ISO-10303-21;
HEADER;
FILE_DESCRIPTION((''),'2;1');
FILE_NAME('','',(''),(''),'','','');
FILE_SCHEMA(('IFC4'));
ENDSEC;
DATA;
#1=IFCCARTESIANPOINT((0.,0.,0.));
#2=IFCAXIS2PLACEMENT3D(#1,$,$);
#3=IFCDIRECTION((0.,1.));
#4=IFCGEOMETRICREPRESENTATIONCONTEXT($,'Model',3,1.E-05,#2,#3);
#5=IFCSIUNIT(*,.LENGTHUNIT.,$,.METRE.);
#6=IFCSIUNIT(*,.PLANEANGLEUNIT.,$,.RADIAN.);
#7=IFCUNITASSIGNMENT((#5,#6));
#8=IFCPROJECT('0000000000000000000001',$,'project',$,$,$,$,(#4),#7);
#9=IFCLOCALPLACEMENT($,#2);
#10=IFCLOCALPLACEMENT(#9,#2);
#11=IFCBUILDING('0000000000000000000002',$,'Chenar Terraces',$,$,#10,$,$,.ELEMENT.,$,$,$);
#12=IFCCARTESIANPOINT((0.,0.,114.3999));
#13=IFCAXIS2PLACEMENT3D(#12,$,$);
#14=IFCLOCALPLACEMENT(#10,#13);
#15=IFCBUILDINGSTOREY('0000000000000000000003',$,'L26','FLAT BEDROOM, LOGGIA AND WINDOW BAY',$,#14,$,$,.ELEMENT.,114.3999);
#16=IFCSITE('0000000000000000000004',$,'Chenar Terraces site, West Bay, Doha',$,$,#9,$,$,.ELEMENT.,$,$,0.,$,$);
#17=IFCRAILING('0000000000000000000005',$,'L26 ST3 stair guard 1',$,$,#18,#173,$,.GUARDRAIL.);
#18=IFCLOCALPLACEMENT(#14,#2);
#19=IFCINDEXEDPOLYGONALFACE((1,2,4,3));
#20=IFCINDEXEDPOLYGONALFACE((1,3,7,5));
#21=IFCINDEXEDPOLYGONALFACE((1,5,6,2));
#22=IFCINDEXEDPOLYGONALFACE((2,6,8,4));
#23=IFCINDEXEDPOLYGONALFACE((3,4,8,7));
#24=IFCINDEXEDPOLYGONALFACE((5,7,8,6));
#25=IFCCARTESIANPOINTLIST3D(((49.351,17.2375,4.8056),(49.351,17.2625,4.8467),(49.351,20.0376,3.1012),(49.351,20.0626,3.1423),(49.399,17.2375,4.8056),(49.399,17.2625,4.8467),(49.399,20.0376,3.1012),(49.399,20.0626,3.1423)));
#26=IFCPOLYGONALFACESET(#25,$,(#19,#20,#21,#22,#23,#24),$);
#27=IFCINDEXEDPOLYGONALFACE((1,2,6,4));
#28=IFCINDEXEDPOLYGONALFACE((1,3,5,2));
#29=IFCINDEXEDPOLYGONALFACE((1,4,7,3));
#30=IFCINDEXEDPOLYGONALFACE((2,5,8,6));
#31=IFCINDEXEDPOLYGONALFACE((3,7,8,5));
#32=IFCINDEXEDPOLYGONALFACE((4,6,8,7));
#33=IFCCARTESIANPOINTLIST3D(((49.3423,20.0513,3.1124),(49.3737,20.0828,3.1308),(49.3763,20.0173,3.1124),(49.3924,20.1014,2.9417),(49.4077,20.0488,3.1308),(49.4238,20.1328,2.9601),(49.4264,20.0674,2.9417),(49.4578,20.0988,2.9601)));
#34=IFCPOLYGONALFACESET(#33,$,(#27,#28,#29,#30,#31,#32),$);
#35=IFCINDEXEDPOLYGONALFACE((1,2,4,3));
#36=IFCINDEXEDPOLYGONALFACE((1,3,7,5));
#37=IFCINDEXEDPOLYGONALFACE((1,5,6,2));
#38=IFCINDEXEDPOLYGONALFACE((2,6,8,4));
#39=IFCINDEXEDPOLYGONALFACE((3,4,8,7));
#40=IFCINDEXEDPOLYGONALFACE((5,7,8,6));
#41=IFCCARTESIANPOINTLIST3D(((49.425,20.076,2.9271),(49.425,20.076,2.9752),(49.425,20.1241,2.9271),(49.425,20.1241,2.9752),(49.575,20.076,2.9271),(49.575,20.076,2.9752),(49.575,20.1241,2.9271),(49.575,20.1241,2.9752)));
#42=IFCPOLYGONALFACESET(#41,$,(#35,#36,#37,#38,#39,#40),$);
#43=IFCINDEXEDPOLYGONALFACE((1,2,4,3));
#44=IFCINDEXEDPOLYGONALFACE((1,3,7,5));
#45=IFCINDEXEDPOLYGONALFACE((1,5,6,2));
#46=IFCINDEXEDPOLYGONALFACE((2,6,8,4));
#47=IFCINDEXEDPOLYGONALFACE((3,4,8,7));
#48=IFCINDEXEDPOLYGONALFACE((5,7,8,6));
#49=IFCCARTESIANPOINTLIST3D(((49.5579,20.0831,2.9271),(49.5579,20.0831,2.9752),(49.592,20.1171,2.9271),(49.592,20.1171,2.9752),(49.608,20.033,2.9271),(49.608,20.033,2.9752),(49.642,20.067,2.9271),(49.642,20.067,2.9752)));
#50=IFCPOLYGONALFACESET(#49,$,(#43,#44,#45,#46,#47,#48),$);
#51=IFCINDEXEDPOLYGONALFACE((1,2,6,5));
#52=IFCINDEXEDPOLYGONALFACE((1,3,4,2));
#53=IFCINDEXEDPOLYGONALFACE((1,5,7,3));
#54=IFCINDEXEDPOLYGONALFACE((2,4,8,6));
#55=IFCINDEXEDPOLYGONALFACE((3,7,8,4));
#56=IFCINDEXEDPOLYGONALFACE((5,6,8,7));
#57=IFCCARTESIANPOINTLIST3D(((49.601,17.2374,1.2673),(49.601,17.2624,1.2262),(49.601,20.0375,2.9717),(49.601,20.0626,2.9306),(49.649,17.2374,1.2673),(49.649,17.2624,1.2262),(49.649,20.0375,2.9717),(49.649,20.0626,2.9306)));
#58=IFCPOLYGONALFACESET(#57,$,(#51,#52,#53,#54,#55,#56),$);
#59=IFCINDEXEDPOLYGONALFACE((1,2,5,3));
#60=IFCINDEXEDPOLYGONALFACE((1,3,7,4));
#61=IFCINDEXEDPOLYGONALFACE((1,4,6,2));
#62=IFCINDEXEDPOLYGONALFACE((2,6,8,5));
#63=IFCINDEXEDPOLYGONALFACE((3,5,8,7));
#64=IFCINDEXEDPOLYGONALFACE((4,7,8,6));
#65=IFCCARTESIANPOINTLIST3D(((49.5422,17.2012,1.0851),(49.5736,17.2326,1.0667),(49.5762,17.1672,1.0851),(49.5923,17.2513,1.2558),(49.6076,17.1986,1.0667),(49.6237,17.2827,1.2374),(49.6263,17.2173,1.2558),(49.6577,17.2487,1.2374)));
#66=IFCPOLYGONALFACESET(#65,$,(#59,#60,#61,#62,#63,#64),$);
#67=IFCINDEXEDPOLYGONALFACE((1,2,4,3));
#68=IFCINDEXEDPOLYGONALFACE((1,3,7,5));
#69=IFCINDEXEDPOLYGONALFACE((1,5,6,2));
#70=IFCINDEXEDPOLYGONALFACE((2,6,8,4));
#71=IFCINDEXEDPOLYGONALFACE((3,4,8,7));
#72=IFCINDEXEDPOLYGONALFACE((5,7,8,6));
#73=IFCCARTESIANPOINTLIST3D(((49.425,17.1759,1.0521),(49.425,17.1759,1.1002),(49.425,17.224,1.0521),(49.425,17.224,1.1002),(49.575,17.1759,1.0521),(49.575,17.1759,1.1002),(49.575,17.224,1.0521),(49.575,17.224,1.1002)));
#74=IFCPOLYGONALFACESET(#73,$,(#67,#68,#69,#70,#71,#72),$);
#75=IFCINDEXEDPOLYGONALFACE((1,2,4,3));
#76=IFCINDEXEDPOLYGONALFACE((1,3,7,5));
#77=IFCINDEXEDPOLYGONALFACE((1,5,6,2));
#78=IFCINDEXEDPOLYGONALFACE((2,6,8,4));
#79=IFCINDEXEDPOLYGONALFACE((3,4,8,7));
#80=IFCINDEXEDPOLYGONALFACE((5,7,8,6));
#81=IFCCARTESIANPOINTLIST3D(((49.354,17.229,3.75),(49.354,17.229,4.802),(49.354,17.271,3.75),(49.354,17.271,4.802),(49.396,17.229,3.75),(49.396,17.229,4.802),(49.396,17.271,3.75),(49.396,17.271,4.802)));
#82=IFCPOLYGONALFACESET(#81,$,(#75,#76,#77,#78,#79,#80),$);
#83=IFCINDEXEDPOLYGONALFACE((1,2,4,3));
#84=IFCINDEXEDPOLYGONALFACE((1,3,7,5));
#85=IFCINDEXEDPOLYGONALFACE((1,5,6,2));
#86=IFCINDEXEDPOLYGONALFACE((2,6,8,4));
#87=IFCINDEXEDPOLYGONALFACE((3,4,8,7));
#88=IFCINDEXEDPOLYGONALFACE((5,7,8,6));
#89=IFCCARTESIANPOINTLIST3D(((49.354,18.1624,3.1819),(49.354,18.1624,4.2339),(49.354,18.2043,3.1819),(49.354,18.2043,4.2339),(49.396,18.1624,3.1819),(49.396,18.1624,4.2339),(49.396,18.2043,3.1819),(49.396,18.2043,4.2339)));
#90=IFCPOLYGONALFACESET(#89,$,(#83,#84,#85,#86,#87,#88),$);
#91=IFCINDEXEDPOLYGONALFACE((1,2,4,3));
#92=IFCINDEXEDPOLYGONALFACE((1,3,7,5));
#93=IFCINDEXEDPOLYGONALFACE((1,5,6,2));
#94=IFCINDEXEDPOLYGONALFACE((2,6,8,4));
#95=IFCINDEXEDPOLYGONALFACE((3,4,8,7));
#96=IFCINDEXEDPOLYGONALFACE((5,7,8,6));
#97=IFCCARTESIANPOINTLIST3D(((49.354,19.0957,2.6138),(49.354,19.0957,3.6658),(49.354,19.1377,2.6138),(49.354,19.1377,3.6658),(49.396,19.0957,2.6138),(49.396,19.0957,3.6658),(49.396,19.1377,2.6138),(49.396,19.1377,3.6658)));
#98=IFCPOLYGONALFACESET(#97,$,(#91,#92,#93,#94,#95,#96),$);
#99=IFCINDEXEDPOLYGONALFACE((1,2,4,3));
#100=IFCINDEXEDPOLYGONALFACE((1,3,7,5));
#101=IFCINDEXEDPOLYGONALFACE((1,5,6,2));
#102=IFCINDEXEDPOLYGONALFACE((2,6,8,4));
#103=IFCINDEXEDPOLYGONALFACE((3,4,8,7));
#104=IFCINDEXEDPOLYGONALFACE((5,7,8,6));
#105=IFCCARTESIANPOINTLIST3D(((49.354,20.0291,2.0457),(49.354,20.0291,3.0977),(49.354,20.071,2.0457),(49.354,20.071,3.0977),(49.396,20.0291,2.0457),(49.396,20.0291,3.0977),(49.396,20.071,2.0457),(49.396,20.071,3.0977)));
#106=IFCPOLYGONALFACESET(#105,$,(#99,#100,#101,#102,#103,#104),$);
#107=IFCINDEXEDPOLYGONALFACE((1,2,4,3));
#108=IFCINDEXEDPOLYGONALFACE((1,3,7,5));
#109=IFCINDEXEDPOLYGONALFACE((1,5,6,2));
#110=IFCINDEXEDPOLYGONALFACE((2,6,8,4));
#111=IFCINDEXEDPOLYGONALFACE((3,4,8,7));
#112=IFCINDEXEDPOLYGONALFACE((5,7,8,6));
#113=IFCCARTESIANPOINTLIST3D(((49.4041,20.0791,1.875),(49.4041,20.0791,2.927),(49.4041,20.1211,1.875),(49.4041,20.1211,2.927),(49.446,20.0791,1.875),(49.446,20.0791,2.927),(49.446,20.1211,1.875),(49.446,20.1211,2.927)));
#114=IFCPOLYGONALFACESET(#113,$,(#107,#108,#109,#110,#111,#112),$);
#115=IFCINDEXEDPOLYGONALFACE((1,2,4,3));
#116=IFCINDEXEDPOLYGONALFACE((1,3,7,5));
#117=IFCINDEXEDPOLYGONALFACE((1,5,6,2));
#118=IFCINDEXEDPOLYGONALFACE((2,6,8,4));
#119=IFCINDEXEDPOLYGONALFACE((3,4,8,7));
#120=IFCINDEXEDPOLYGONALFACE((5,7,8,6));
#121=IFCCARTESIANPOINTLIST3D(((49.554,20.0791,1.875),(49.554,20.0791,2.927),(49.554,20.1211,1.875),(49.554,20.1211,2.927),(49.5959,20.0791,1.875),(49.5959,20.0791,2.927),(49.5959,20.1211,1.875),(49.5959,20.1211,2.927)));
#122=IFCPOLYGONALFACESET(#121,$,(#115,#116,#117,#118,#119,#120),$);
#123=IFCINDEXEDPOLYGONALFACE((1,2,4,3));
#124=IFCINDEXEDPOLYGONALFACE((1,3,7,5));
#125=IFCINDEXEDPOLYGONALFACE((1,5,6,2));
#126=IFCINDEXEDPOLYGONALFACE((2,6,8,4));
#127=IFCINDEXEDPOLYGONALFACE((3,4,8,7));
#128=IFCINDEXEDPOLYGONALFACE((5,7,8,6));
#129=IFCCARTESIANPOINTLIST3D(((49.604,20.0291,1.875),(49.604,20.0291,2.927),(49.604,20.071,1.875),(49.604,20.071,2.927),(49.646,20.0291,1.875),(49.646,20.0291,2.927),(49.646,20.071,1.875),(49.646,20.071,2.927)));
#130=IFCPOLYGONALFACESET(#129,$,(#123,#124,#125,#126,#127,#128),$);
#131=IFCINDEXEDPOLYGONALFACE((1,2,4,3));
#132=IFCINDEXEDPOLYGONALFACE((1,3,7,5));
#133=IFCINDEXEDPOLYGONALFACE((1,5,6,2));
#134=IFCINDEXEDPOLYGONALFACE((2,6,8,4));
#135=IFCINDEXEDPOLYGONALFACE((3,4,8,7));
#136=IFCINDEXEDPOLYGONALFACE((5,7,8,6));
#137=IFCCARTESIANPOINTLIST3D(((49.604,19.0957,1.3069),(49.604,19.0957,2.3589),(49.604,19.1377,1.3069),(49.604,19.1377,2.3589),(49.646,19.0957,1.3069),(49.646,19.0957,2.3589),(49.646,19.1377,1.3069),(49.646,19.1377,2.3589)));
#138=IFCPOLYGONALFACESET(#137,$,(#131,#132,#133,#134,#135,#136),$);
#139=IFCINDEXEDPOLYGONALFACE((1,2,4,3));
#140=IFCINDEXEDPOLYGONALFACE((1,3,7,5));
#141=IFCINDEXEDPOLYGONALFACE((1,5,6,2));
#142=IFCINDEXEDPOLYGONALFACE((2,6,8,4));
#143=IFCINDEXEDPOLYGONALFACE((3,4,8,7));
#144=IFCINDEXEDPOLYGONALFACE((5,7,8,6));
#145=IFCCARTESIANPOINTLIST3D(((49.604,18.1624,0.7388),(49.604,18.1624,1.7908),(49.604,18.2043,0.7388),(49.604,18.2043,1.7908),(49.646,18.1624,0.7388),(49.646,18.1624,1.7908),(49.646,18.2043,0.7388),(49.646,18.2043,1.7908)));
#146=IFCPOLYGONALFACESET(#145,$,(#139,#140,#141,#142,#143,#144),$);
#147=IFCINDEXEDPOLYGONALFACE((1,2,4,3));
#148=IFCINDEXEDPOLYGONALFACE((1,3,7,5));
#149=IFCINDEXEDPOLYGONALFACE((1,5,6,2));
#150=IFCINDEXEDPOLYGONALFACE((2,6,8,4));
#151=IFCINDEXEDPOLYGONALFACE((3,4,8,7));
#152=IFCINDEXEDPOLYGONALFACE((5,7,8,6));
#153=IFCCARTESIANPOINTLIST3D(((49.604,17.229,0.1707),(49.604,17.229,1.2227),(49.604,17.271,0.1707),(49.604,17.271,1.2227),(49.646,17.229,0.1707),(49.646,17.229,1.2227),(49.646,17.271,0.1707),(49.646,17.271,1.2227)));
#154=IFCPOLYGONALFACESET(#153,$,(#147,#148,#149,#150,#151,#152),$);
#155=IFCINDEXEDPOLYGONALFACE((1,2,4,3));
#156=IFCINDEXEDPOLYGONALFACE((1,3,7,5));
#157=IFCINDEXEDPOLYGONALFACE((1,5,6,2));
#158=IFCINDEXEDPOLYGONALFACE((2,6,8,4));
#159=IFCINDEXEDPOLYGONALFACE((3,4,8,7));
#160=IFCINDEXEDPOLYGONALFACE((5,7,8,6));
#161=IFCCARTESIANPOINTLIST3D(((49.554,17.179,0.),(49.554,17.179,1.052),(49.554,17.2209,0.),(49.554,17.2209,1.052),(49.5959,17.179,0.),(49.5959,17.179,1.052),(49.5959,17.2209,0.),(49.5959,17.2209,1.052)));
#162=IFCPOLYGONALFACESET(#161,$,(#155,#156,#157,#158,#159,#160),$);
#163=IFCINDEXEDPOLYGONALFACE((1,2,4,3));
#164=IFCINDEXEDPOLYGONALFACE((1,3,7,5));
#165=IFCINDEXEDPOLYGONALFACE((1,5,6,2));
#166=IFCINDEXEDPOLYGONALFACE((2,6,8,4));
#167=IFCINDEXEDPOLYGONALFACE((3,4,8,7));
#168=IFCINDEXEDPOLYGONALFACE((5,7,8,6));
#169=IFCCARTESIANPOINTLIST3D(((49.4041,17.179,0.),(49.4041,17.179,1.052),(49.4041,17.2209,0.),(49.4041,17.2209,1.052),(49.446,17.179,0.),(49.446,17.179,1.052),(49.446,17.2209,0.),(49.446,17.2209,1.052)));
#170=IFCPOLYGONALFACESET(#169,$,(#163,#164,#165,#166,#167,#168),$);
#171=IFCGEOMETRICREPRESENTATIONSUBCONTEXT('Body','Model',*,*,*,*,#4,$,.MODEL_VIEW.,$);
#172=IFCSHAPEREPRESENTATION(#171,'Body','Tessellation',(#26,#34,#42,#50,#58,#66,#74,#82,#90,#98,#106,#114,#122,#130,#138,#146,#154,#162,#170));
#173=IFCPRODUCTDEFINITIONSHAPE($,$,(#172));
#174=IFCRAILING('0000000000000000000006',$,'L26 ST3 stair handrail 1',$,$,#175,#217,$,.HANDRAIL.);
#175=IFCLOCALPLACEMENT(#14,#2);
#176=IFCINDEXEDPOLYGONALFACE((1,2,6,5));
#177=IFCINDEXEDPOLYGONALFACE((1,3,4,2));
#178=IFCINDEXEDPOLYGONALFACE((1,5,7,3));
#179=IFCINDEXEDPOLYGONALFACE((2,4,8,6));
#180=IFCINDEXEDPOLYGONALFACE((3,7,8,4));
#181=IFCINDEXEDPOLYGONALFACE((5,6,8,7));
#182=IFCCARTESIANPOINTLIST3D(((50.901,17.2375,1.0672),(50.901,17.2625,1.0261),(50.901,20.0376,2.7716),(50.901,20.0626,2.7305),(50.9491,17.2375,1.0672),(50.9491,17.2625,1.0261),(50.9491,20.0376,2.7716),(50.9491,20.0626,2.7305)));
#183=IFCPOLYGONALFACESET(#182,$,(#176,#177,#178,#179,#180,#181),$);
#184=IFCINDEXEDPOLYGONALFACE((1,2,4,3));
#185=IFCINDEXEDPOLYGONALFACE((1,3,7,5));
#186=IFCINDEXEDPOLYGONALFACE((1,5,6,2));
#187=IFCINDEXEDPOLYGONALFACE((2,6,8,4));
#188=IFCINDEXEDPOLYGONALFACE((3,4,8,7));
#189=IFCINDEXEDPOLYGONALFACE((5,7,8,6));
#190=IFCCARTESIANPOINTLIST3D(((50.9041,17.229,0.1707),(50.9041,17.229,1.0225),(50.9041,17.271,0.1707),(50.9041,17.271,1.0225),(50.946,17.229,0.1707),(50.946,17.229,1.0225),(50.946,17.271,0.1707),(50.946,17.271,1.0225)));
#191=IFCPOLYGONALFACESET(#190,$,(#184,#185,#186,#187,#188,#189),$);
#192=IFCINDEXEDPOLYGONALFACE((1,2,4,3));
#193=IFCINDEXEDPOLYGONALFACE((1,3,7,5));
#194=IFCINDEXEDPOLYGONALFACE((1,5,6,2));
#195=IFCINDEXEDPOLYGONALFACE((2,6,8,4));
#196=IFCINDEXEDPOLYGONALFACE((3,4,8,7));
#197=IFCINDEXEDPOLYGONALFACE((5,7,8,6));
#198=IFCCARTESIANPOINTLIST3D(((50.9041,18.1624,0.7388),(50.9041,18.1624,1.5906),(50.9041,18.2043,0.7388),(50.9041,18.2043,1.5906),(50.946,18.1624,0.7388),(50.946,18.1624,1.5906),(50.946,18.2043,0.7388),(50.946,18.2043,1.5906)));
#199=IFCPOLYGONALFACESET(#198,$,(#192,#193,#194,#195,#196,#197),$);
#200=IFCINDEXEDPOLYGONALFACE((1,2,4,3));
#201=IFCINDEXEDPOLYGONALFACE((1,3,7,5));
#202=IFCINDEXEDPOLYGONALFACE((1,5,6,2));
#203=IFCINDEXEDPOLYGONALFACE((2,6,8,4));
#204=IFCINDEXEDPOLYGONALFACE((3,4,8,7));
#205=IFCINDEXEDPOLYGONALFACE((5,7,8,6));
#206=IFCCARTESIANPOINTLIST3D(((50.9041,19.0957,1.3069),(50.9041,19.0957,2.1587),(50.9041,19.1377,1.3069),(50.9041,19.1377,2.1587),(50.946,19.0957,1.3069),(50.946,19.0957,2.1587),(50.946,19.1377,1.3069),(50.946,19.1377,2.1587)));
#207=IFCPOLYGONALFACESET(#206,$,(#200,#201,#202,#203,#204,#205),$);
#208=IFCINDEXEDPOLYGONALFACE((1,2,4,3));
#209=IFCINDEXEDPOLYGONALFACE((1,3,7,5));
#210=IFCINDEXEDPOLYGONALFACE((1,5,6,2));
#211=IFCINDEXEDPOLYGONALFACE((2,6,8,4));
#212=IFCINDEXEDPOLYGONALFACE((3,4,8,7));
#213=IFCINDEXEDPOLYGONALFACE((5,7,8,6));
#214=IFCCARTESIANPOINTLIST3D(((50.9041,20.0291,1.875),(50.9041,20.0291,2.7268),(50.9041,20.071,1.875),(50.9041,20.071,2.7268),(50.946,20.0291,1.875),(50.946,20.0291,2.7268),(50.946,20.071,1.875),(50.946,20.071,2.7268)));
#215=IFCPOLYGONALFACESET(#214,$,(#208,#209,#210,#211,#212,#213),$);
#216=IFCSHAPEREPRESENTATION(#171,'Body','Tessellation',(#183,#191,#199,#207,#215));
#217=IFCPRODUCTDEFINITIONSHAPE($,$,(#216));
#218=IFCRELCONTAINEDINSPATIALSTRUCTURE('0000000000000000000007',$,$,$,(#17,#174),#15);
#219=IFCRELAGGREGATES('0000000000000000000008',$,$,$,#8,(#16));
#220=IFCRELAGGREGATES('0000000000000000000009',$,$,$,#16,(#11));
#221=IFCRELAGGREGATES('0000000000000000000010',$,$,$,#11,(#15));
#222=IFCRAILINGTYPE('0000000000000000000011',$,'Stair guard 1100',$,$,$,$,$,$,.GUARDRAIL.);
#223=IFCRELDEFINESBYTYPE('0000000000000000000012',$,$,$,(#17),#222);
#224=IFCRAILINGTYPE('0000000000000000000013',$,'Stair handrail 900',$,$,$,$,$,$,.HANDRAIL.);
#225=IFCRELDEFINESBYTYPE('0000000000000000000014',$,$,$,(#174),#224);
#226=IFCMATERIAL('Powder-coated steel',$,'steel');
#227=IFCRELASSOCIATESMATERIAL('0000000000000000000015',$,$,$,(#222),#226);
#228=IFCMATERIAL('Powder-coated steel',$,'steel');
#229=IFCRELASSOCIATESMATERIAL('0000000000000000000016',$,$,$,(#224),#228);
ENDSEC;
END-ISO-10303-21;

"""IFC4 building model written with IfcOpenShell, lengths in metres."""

from ifc_helpers import new_model, si_unit, direction, frame, origin, origin_2d, place, context, subcontext, project, spatial, rectangle, extrude, material, type_object, element, save


model = new_model("IFC4")

# Units and contexts
model_context = context("Model", 3, precision=1e-05, world=origin(), true_north=direction((0.0, 1.0)))
body_context = subcontext(model_context, "Body", "Model", "MODEL_VIEW")
ifc_project = project(units=[si_unit("LENGTHUNIT", "METRE"), si_unit("PLANEANGLEUNIT", "RADIAN")], contexts=[model_context])

# Site, building, storey
site_placement = place(None, origin())
site = spatial("IfcSite", under=ifc_project, at=site_placement, Name="Chenar Terraces site, West Bay, Doha", CompositionType="ELEMENT", RefElevation=0.0)
building_placement = place(site_placement, origin())
building = spatial("IfcBuilding", under=site, at=building_placement, Name="Chenar Terraces", CompositionType="ELEMENT")
storey_placement = place(building_placement, frame((0.0, 0.0, 114.3999)))
storey = spatial("IfcBuildingStorey", under=building, at=storey_placement, Name="L26", Description="FLAT BEDROOM, LOGGIA AND WINDOW BAY", CompositionType="ELEMENT", Elevation=114.3999)

# Railings
ifc_material_1 = material(Name="Powder-coated steel", Category="steel")
railing_type_1 = type_object("IfcRailingType", Name="Stair guard 1100", PredefinedType="GUARDRAIL", material=ifc_material_1)
railing_1_placement = place(storey_placement, frame((49.375, 17.25, 3.75)))
element("IfcRailing", 1, at=railing_1_placement, inside=storey, type_object=railing_type_1, Name="L26 ST3 stair guard 1", PredefinedType="GUARDRAIL", context=body_context, shape_type="SweptSolid", body=[
    extrude(rectangle(XDim=0.0481, YDim=0.0481, at=origin_2d()), frame((0.0, 0.0, 1.0762), z_axis=(0.0, 0.854203, -0.51994), x_axis=(-1.0, 0.0, 0.0)), (0.0, 0.0, 1.0), 3.2781),
    extrude(rectangle(XDim=0.0481, YDim=0.0481, at=origin_2d()), frame((0.0, 2.8, -0.6284), z_axis=(0.2709, 0.2709, -0.923703), x_axis=(-0.707107, 0.707107, 0.0)), (0.0, 0.0, 1.0), 0.1848),
    extrude(rectangle(XDim=0.0481, YDim=0.0481, at=origin_2d()), frame((0.05, 2.8501, -0.7988), z_axis=(1.0, 0.0, 0.0), x_axis=(0.0, 1.0, 0.0)), (0.0, 0.0, 1.0), 0.1499),
    extrude(rectangle(XDim=0.0481, YDim=0.0481, at=origin_2d()), frame((0.2, 2.8501, -0.7988), z_axis=(0.707107, -0.707107, 0.0), x_axis=(0.707107, 0.707107, 0.0)), (0.0, 0.0, 1.0), 0.0708),
    extrude(rectangle(XDim=0.0481, YDim=0.0481, at=origin_2d()), frame((0.25, 2.8, -0.7988), z_axis=(0.0, -0.854203, -0.51994), x_axis=(1.0, 0.0, 0.0)), (0.0, 0.0, 1.0), 3.2781),
    extrude(rectangle(XDim=0.0481, YDim=0.0481, at=origin_2d()), frame((0.25, 0.0, -2.5034), z_axis=(-0.2709, -0.2709, -0.923703), x_axis=(0.707107, -0.707107, 0.0)), (0.0, 0.0, 1.0), 0.1848),
    extrude(rectangle(XDim=0.0481, YDim=0.0481, at=origin_2d()), frame((0.2, -0.05, -2.6738), z_axis=(-1.0, 0.0, 0.0), x_axis=(0.0, -1.0, 0.0)), (0.0, 0.0, 1.0), 0.1499),
    extrude(rectangle(XDim=0.042, YDim=0.042, at=origin_2d()), origin(), (0.0, 0.0, 1.0), 1.052),
    extrude(rectangle(XDim=0.042, YDim=0.042, at=origin_2d()), frame((0.0, 0.9333, -0.5681)), (0.0, 0.0, 1.0), 1.052),
    extrude(rectangle(XDim=0.042, YDim=0.042, at=origin_2d()), frame((0.0, 1.8667, -1.1362)), (0.0, 0.0, 1.0), 1.052),
    extrude(rectangle(XDim=0.042, YDim=0.042, at=origin_2d()), frame((0.0, 2.8, -1.7043)), (0.0, 0.0, 1.0), 1.052),
    extrude(rectangle(XDim=0.042, YDim=0.042, at=origin_2d()), frame((0.05, 2.8501, -1.875)), (0.0, 0.0, 1.0), 1.052),
    extrude(rectangle(XDim=0.042, YDim=0.042, at=origin_2d()), frame((0.2, 2.8501, -1.875)), (0.0, 0.0, 1.0), 1.052),
    extrude(rectangle(XDim=0.042, YDim=0.042, at=origin_2d()), frame((0.25, 2.8, -1.875)), (0.0, 0.0, 1.0), 1.052),
    extrude(rectangle(XDim=0.042, YDim=0.042, at=origin_2d()), frame((0.25, 1.8667, -2.4431)), (0.0, 0.0, 1.0), 1.052),
    extrude(rectangle(XDim=0.042, YDim=0.042, at=origin_2d()), frame((0.25, 0.9333, -3.0112)), (0.0, 0.0, 1.0), 1.052),
    extrude(rectangle(XDim=0.042, YDim=0.042, at=origin_2d()), frame((0.25, 0.0, -3.5793)), (0.0, 0.0, 1.0), 1.052),
    extrude(rectangle(XDim=0.042, YDim=0.042, at=origin_2d()), frame((0.2, -0.05, -3.75)), (0.0, 0.0, 1.0), 1.052),
    extrude(rectangle(XDim=0.042, YDim=0.042, at=origin_2d()), frame((0.05, -0.05, -3.75)), (0.0, 0.0, 1.0), 1.052),
])
ifc_material_2 = material(Name="Powder-coated steel", Category="steel")
railing_type_2 = type_object("IfcRailingType", Name="Stair handrail 900", PredefinedType="HANDRAIL", material=ifc_material_2)
railing_2_placement = place(storey_placement, frame((50.925, 17.25, 0.1707)))
element("IfcRailing", 2, at=railing_2_placement, inside=storey, type_object=railing_type_2, Name="L26 ST3 stair handrail 1", PredefinedType="HANDRAIL", context=body_context, shape_type="SweptSolid", body=[
    extrude(rectangle(XDim=0.0481, YDim=0.0481, at=origin_2d()), frame((0.0, 0.0, 0.876), z_axis=(0.0, 0.854203, 0.51994), x_axis=(-1.0, 0.0, 0.0)), (0.0, 0.0, 1.0), 3.2781),
    extrude(rectangle(XDim=0.042, YDim=0.042, at=origin_2d()), origin(), (0.0, 0.0, 1.0), 0.8518),
    extrude(rectangle(XDim=0.042, YDim=0.042, at=origin_2d()), frame((0.0, 0.9333, 0.5681)), (0.0, 0.0, 1.0), 0.8518),
    extrude(rectangle(XDim=0.042, YDim=0.042, at=origin_2d()), frame((0.0, 1.8667, 1.1362)), (0.0, 0.0, 1.0), 0.8518),
    extrude(rectangle(XDim=0.042, YDim=0.042, at=origin_2d()), frame((0.0, 2.8, 1.7043)), (0.0, 0.0, 1.0), 0.8518),
])

save(model, "model.ifc")
